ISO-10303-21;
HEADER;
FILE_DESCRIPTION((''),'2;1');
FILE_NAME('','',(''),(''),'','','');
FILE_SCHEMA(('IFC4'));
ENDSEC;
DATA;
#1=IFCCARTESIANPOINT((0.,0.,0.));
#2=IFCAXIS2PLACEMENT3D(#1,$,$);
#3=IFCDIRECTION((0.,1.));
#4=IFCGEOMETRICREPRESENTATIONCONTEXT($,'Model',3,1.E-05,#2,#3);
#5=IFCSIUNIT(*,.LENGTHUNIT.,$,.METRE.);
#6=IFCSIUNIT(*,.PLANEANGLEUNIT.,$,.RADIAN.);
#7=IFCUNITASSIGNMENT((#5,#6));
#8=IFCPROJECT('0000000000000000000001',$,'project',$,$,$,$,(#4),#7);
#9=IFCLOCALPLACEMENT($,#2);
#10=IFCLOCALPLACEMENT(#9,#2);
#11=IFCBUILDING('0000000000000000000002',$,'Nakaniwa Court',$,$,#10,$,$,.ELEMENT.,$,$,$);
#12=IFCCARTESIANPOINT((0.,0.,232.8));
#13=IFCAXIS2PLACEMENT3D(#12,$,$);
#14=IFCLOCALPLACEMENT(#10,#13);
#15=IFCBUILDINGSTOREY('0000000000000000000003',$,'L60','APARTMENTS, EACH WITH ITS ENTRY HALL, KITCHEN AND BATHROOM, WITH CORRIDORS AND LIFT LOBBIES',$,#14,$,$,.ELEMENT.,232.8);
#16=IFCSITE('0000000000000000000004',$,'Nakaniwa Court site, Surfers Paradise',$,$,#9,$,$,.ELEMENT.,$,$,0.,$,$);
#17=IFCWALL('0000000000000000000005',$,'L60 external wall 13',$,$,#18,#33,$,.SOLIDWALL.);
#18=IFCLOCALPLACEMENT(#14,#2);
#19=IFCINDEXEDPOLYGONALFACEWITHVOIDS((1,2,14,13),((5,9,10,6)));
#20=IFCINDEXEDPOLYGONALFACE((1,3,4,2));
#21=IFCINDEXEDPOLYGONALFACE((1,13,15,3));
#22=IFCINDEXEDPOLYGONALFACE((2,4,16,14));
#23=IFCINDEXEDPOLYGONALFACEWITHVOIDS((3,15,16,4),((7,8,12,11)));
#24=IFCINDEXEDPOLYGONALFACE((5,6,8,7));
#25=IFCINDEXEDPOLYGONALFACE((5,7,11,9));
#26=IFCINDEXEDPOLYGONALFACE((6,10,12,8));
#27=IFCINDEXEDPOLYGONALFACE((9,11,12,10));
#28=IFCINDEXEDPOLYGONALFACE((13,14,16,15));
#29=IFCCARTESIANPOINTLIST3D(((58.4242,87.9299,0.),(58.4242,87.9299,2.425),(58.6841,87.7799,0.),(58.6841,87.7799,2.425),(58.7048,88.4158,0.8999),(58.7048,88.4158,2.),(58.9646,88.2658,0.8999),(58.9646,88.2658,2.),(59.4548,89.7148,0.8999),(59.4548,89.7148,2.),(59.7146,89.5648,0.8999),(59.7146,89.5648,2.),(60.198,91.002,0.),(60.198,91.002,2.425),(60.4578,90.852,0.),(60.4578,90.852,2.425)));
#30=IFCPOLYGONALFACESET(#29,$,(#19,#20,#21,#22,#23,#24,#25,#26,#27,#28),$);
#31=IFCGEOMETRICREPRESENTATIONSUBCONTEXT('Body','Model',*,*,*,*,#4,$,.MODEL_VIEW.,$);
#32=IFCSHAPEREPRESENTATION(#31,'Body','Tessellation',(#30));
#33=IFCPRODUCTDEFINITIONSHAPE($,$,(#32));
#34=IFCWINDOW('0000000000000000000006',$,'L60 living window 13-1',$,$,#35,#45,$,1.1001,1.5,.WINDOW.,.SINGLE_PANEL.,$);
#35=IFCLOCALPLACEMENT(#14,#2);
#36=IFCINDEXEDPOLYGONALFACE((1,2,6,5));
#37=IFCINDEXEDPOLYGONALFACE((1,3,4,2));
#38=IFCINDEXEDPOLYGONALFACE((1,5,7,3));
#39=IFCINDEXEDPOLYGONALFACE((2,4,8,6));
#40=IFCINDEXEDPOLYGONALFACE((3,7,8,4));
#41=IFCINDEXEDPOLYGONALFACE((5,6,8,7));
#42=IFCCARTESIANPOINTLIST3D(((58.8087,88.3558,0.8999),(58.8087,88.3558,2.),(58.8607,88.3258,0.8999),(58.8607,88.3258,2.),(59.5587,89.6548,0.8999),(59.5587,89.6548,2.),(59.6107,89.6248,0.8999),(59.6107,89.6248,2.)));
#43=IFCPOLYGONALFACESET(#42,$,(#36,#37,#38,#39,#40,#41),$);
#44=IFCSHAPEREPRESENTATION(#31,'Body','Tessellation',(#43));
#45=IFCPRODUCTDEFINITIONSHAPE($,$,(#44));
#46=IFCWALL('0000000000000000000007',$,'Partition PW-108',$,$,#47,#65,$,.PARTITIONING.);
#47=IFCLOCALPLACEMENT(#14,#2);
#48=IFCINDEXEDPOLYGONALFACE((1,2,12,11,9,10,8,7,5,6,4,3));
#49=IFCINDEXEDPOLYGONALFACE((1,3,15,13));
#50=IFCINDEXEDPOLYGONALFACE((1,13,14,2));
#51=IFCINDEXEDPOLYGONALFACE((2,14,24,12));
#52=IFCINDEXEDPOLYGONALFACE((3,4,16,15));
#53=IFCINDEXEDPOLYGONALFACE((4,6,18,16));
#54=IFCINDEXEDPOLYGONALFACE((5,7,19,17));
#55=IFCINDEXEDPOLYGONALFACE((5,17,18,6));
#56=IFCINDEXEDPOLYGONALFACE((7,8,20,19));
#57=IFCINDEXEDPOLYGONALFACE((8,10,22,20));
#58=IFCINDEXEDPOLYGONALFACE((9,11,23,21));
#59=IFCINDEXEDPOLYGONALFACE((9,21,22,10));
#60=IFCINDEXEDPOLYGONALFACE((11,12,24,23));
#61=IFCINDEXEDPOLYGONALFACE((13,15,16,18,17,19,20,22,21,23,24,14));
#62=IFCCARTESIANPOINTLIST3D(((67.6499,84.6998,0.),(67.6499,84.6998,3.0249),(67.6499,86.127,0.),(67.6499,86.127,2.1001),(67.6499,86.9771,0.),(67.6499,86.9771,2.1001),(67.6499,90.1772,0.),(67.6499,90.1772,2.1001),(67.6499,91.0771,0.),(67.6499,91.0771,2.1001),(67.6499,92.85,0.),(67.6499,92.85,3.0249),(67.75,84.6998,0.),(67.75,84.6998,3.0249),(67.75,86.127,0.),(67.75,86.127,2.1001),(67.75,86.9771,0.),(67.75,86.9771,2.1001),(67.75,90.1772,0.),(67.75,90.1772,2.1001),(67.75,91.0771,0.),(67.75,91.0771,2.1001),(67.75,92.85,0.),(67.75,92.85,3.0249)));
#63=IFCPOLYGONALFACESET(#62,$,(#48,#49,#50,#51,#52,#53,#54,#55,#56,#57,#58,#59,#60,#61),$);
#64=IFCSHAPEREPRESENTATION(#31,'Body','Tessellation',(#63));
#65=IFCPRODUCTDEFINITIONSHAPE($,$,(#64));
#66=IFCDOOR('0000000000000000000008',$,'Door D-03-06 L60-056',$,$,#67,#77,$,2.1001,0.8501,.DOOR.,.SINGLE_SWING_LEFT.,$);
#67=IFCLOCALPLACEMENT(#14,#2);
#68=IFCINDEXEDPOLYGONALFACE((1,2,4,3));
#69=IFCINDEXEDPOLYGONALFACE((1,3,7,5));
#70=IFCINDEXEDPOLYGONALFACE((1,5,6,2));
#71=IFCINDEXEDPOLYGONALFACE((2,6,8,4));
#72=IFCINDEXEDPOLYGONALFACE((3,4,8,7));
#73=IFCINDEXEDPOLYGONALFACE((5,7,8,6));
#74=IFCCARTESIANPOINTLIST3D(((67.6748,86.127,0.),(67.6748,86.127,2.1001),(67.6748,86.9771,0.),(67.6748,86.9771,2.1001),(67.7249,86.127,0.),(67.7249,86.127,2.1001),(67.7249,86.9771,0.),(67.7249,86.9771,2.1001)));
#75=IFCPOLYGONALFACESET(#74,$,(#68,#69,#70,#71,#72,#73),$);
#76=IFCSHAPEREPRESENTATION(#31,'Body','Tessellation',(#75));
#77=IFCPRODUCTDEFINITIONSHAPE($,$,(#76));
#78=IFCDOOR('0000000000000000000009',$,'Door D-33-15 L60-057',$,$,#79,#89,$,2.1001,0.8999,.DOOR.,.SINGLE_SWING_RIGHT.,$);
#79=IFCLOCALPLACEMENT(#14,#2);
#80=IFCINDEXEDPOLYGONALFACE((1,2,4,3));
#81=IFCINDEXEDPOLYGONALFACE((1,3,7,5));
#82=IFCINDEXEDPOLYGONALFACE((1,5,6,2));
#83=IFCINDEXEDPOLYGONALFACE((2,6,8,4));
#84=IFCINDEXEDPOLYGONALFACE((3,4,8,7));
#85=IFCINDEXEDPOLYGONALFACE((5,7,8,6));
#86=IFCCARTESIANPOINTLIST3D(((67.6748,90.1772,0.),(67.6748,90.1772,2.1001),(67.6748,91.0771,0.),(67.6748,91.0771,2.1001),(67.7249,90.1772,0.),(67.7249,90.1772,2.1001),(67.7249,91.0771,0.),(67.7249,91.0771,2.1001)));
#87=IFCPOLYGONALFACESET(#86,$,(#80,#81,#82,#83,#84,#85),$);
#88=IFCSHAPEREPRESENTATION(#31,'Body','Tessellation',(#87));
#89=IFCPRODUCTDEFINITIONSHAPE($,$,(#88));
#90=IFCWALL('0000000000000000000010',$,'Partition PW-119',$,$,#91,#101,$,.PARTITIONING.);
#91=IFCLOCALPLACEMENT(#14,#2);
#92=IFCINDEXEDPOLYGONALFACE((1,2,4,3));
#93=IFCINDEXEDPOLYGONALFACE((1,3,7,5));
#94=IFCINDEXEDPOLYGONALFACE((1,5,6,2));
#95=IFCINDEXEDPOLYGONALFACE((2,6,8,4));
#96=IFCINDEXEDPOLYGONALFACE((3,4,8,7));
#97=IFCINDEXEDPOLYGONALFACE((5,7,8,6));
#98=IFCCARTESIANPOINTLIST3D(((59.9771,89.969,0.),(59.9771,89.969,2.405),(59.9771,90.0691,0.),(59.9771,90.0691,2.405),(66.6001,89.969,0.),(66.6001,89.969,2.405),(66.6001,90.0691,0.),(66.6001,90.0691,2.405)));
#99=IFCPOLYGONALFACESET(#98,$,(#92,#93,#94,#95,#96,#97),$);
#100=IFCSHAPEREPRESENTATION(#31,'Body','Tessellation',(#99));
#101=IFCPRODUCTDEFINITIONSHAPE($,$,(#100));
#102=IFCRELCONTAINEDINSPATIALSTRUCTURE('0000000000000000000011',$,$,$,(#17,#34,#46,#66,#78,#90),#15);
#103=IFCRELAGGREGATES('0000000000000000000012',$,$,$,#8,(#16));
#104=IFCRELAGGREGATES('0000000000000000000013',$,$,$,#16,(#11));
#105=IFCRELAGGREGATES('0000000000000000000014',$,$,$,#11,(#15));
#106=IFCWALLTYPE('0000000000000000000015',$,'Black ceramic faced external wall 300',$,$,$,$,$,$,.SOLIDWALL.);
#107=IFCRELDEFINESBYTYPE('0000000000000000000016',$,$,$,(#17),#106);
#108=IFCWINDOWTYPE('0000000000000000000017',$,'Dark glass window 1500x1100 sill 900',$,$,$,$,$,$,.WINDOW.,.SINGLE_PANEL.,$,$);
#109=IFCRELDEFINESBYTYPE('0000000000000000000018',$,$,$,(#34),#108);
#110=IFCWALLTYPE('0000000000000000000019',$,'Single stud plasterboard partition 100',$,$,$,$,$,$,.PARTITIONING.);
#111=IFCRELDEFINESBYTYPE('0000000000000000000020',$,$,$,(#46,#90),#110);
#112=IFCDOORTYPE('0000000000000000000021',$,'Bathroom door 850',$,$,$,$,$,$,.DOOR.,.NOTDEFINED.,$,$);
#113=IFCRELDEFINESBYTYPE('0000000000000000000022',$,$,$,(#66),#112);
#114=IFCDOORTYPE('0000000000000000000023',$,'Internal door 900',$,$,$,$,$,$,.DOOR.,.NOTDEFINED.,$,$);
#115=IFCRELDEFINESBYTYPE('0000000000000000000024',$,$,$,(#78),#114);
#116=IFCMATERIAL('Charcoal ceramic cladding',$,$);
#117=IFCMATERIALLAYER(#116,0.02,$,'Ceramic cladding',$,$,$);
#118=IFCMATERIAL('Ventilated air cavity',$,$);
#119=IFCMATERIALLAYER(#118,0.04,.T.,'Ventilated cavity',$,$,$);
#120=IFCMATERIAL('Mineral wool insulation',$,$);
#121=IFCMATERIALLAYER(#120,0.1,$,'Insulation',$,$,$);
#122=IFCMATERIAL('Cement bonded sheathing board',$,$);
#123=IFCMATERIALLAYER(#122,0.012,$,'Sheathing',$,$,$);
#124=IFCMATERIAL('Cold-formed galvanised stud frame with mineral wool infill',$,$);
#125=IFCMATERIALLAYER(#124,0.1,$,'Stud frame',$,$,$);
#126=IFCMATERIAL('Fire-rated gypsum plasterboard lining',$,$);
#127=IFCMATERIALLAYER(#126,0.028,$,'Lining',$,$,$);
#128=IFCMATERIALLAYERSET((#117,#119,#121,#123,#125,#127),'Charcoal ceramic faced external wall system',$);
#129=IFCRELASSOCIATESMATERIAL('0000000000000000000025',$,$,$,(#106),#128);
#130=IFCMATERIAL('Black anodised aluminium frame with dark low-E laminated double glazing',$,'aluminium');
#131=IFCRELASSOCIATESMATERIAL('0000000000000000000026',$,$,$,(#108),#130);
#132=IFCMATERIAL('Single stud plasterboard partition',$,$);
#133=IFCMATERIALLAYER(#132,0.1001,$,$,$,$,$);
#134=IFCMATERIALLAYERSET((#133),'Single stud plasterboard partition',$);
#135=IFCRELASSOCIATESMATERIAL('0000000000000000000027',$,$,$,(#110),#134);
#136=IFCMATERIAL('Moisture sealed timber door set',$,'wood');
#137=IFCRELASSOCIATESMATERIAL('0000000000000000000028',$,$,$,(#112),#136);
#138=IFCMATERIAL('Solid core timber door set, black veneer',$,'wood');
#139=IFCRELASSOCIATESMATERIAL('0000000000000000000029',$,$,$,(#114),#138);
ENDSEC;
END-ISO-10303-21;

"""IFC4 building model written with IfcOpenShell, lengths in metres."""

from ifc_helpers import new_model, si_unit, direction, frame, frame_2d, origin, place, context, subcontext, project, spatial, rectangle, extrude, material, layer, layer_set, type_object, element, fill, save


model = new_model("IFC4")

# Units and contexts
model_context = context("Model", 3, precision=1e-05, world=origin(), true_north=direction((0.0, 1.0)))
body_context = subcontext(model_context, "Body", "Model", "MODEL_VIEW")
ifc_project = project(units=[si_unit("LENGTHUNIT", "METRE"), si_unit("PLANEANGLEUNIT", "RADIAN")], contexts=[model_context])

# Site, building, storey
site_placement = place(None, origin())
site = spatial("IfcSite", under=ifc_project, at=site_placement, Name="Nakaniwa Court site, Surfers Paradise", CompositionType="ELEMENT", RefElevation=0.0)
building_placement = place(site_placement, origin())
building = spatial("IfcBuilding", under=site, at=building_placement, Name="Nakaniwa Court", CompositionType="ELEMENT")
storey_placement = place(building_placement, frame((0.0, 0.0, 232.8)))
storey = spatial("IfcBuildingStorey", under=building, at=storey_placement, Name="L60", Description="APARTMENTS, EACH WITH ITS ENTRY HALL, KITCHEN AND BATHROOM, WITH CORRIDORS AND LIFT LOBBIES", CompositionType="ELEMENT", Elevation=232.8)

# Shared definitions
ifc_material_1 = material(Name="Charcoal ceramic cladding")
ifc_layer_1 = layer(ifc_material_1, 0.02, Name="Ceramic cladding")
ifc_material_2 = material(Name="Ventilated air cavity")
ifc_layer_2 = layer(ifc_material_2, 0.04, ventilated=True, Name="Ventilated cavity")
ifc_material_3 = material(Name="Mineral wool insulation")
ifc_layer_3 = layer(ifc_material_3, 0.1, Name="Insulation")
ifc_material_4 = material(Name="Cement bonded sheathing board")
ifc_layer_4 = layer(ifc_material_4, 0.012, Name="Sheathing")
ifc_material_5 = material(Name="Cold-formed galvanised stud frame with mineral wool infill")
ifc_layer_5 = layer(ifc_material_5, 0.1, Name="Stud frame")
ifc_material_6 = material(Name="Fire-rated gypsum plasterboard lining")
ifc_layer_6 = layer(ifc_material_6, 0.028, Name="Lining")
ifc_layer_set_1 = layer_set([ifc_layer_1, ifc_layer_2, ifc_layer_3, ifc_layer_4, ifc_layer_5, ifc_layer_6], Name="Charcoal ceramic faced external wall system")
wall_type_1 = type_object("IfcWallType", Name="Black ceramic faced external wall 300", PredefinedType="SOLIDWALL", material=ifc_layer_set_1)
ifc_material_7 = material(Name="Black anodised aluminium frame with dark low-E laminated double glazing", Category="aluminium")

# Wall, opening, window
wall_1_placement = place(storey_placement, frame((60.3279, 90.927, 0.0), z_axis=(0.0, 0.0, 1.0), x_axis=(-0.50001, -0.866019, 0.0)))
wall_1 = element("IfcWall", 1, at=wall_1_placement, inside=storey, type_object=wall_type_1, Name="L60 external wall 13", PredefinedType="SOLIDWALL", context=body_context, shape_type="SweptSolid", body=[
    extrude(rectangle(XDim=3.5474, YDim=0.3, at=frame_2d((1.7737, 0.0))), origin(), (0.0, 0.0, 1.0), 2.425),
])
opening_1_placement = place(wall_1_placement, frame((1.4863, 0.0, 0.8999)))
opening_1 = element("IfcOpeningElement", 2, at=opening_1_placement, cuts=wall_1, PredefinedType="OPENING", context=body_context, shape_type="SweptSolid", body=[
    extrude(rectangle(XDim=1.5, YDim=1.1001, at=frame_2d((0.75, 0.55))), frame((0.0, 0.1599, 0.0), z_axis=(0.0, -1.0, 0.0), x_axis=(1.0, 0.0, 0.0)), (0.0, 0.0, 1.0), 0.3201),
])
window_type_1 = type_object("IfcWindowType", Name="Dark glass window 1500x1100 sill 900", PartitioningType="SINGLE_PANEL", PredefinedType="WINDOW", material=ifc_material_7)
window_1_placement = place(opening_1_placement, origin())
window_1 = element("IfcWindow", 3, at=window_1_placement, inside=storey, type_object=window_type_1, Name="L60 living window 13-1", OverallHeight=1.1001, OverallWidth=1.5, PartitioningType="SINGLE_PANEL", PredefinedType="WINDOW", context=body_context, shape_type="SweptSolid", body=[
    extrude(rectangle(XDim=1.5, YDim=1.1001, at=frame_2d((0.75, 0.55))), frame((0.0, 0.03, 0.0), z_axis=(0.0, -1.0, 0.0), x_axis=(1.0, 0.0, 0.0)), (0.0, 0.0, 1.0), 0.0601),
])
fill(opening_1, window_1)

# Wall, openings, doors
ifc_material_8 = material(Name="Single stud plasterboard partition")
ifc_layer_7 = layer(ifc_material_8, 0.1001)
ifc_layer_set_2 = layer_set([ifc_layer_7], Name="Single stud plasterboard partition")
wall_type_2 = type_object("IfcWallType", Name="Single stud plasterboard partition 100", PredefinedType="PARTITIONING", material=ifc_layer_set_2)
wall_2_placement = place(storey_placement, frame((67.7, 92.8501, 0.0), z_axis=(0.0, 0.0, 1.0), x_axis=(0.0, -1.0, 0.0)))
wall_2 = element("IfcWall", 4, at=wall_2_placement, inside=storey, type_object=wall_type_2, Name="Partition PW-108", PredefinedType="PARTITIONING", context=body_context, shape_type="SweptSolid", body=[
    extrude(rectangle(XDim=8.1501, YDim=0.1001, at=frame_2d((4.0752, 0.0))), origin(), (0.0, 0.0, 1.0), 3.0249),
])
opening_2_placement = place(wall_2_placement, frame((5.873, 0.0, 0.0)))
opening_2 = element("IfcOpeningElement", 5, at=opening_2_placement, cuts=wall_2, PredefinedType="OPENING", context=body_context, shape_type="SweptSolid", body=[
    extrude(rectangle(XDim=0.8501, YDim=2.1001, at=frame_2d((0.425, 1.05))), frame((0.0, 0.0601, 0.0), z_axis=(0.0, -1.0, 0.0), x_axis=(1.0, 0.0, 0.0)), (0.0, 0.0, 1.0), 0.1201),
])
opening_3_placement = place(wall_2_placement, frame((1.7729, 0.0, 0.0)))
opening_3 = element("IfcOpeningElement", 6, at=opening_3_placement, cuts=wall_2, PredefinedType="OPENING", context=body_context, shape_type="SweptSolid", body=[
    extrude(rectangle(XDim=0.8999, YDim=2.1001, at=frame_2d((0.45, 1.05))), frame((0.0, 0.0601, 0.0), z_axis=(0.0, -1.0, 0.0), x_axis=(1.0, 0.0, 0.0)), (0.0, 0.0, 1.0), 0.1201),
])
ifc_material_9 = material(Name="Moisture sealed timber door set", Category="wood")
door_type_1 = type_object("IfcDoorType", Name="Bathroom door 850", OperationType="NOTDEFINED", PredefinedType="DOOR", material=ifc_material_9)
door_1_placement = place(opening_2_placement, origin())
door_1 = element("IfcDoor", 7, at=door_1_placement, inside=storey, type_object=door_type_1, Name="Door D-03-06 L60-056", OperationType="SINGLE_SWING_LEFT", OverallHeight=2.1001, OverallWidth=0.8501, PredefinedType="DOOR", context=body_context, shape_type="SweptSolid", body=[
    extrude(rectangle(XDim=0.8501, YDim=2.1001, at=frame_2d((0.425, 1.05))), frame((0.0, 0.0249, 0.0), z_axis=(0.0, -1.0, 0.0), x_axis=(1.0, 0.0, 0.0)), (0.0, 0.0, 1.0), 0.05),
])
fill(opening_2, door_1)
ifc_material_10 = material(Name="Solid core timber door set, black veneer", Category="wood")
door_type_2 = type_object("IfcDoorType", Name="Internal door 900", OperationType="NOTDEFINED", PredefinedType="DOOR", material=ifc_material_10)
door_2_placement = place(opening_3_placement, origin())
door_2 = element("IfcDoor", 8, at=door_2_placement, inside=storey, type_object=door_type_2, Name="Door D-33-15 L60-057", OperationType="SINGLE_SWING_RIGHT", OverallHeight=2.1001, OverallWidth=0.8999, PredefinedType="DOOR", context=body_context, shape_type="SweptSolid", body=[
    extrude(rectangle(XDim=0.8999, YDim=2.1001, at=frame_2d((0.45, 1.05))), frame((0.0, 0.0249, 0.0), z_axis=(0.0, -1.0, 0.0), x_axis=(1.0, 0.0, 0.0)), (0.0, 0.0, 1.0), 0.05),
])
fill(opening_3, door_2)

# Wall
wall_3_placement = place(storey_placement, frame((59.9771, 90.019, 0.0), z_axis=(0.0, 0.0, 1.0), x_axis=(1.0, 0.0, 0.0)))
element("IfcWall", 9, at=wall_3_placement, inside=storey, type_object=wall_type_2, Name="Partition PW-119", PredefinedType="PARTITIONING", context=body_context, shape_type="SweptSolid", body=[
    extrude(rectangle(XDim=6.623, YDim=0.1001, at=frame_2d((3.3115, 0.0))), origin(), (0.0, 0.0, 1.0), 2.405),
])

save(model, "model.ifc")
